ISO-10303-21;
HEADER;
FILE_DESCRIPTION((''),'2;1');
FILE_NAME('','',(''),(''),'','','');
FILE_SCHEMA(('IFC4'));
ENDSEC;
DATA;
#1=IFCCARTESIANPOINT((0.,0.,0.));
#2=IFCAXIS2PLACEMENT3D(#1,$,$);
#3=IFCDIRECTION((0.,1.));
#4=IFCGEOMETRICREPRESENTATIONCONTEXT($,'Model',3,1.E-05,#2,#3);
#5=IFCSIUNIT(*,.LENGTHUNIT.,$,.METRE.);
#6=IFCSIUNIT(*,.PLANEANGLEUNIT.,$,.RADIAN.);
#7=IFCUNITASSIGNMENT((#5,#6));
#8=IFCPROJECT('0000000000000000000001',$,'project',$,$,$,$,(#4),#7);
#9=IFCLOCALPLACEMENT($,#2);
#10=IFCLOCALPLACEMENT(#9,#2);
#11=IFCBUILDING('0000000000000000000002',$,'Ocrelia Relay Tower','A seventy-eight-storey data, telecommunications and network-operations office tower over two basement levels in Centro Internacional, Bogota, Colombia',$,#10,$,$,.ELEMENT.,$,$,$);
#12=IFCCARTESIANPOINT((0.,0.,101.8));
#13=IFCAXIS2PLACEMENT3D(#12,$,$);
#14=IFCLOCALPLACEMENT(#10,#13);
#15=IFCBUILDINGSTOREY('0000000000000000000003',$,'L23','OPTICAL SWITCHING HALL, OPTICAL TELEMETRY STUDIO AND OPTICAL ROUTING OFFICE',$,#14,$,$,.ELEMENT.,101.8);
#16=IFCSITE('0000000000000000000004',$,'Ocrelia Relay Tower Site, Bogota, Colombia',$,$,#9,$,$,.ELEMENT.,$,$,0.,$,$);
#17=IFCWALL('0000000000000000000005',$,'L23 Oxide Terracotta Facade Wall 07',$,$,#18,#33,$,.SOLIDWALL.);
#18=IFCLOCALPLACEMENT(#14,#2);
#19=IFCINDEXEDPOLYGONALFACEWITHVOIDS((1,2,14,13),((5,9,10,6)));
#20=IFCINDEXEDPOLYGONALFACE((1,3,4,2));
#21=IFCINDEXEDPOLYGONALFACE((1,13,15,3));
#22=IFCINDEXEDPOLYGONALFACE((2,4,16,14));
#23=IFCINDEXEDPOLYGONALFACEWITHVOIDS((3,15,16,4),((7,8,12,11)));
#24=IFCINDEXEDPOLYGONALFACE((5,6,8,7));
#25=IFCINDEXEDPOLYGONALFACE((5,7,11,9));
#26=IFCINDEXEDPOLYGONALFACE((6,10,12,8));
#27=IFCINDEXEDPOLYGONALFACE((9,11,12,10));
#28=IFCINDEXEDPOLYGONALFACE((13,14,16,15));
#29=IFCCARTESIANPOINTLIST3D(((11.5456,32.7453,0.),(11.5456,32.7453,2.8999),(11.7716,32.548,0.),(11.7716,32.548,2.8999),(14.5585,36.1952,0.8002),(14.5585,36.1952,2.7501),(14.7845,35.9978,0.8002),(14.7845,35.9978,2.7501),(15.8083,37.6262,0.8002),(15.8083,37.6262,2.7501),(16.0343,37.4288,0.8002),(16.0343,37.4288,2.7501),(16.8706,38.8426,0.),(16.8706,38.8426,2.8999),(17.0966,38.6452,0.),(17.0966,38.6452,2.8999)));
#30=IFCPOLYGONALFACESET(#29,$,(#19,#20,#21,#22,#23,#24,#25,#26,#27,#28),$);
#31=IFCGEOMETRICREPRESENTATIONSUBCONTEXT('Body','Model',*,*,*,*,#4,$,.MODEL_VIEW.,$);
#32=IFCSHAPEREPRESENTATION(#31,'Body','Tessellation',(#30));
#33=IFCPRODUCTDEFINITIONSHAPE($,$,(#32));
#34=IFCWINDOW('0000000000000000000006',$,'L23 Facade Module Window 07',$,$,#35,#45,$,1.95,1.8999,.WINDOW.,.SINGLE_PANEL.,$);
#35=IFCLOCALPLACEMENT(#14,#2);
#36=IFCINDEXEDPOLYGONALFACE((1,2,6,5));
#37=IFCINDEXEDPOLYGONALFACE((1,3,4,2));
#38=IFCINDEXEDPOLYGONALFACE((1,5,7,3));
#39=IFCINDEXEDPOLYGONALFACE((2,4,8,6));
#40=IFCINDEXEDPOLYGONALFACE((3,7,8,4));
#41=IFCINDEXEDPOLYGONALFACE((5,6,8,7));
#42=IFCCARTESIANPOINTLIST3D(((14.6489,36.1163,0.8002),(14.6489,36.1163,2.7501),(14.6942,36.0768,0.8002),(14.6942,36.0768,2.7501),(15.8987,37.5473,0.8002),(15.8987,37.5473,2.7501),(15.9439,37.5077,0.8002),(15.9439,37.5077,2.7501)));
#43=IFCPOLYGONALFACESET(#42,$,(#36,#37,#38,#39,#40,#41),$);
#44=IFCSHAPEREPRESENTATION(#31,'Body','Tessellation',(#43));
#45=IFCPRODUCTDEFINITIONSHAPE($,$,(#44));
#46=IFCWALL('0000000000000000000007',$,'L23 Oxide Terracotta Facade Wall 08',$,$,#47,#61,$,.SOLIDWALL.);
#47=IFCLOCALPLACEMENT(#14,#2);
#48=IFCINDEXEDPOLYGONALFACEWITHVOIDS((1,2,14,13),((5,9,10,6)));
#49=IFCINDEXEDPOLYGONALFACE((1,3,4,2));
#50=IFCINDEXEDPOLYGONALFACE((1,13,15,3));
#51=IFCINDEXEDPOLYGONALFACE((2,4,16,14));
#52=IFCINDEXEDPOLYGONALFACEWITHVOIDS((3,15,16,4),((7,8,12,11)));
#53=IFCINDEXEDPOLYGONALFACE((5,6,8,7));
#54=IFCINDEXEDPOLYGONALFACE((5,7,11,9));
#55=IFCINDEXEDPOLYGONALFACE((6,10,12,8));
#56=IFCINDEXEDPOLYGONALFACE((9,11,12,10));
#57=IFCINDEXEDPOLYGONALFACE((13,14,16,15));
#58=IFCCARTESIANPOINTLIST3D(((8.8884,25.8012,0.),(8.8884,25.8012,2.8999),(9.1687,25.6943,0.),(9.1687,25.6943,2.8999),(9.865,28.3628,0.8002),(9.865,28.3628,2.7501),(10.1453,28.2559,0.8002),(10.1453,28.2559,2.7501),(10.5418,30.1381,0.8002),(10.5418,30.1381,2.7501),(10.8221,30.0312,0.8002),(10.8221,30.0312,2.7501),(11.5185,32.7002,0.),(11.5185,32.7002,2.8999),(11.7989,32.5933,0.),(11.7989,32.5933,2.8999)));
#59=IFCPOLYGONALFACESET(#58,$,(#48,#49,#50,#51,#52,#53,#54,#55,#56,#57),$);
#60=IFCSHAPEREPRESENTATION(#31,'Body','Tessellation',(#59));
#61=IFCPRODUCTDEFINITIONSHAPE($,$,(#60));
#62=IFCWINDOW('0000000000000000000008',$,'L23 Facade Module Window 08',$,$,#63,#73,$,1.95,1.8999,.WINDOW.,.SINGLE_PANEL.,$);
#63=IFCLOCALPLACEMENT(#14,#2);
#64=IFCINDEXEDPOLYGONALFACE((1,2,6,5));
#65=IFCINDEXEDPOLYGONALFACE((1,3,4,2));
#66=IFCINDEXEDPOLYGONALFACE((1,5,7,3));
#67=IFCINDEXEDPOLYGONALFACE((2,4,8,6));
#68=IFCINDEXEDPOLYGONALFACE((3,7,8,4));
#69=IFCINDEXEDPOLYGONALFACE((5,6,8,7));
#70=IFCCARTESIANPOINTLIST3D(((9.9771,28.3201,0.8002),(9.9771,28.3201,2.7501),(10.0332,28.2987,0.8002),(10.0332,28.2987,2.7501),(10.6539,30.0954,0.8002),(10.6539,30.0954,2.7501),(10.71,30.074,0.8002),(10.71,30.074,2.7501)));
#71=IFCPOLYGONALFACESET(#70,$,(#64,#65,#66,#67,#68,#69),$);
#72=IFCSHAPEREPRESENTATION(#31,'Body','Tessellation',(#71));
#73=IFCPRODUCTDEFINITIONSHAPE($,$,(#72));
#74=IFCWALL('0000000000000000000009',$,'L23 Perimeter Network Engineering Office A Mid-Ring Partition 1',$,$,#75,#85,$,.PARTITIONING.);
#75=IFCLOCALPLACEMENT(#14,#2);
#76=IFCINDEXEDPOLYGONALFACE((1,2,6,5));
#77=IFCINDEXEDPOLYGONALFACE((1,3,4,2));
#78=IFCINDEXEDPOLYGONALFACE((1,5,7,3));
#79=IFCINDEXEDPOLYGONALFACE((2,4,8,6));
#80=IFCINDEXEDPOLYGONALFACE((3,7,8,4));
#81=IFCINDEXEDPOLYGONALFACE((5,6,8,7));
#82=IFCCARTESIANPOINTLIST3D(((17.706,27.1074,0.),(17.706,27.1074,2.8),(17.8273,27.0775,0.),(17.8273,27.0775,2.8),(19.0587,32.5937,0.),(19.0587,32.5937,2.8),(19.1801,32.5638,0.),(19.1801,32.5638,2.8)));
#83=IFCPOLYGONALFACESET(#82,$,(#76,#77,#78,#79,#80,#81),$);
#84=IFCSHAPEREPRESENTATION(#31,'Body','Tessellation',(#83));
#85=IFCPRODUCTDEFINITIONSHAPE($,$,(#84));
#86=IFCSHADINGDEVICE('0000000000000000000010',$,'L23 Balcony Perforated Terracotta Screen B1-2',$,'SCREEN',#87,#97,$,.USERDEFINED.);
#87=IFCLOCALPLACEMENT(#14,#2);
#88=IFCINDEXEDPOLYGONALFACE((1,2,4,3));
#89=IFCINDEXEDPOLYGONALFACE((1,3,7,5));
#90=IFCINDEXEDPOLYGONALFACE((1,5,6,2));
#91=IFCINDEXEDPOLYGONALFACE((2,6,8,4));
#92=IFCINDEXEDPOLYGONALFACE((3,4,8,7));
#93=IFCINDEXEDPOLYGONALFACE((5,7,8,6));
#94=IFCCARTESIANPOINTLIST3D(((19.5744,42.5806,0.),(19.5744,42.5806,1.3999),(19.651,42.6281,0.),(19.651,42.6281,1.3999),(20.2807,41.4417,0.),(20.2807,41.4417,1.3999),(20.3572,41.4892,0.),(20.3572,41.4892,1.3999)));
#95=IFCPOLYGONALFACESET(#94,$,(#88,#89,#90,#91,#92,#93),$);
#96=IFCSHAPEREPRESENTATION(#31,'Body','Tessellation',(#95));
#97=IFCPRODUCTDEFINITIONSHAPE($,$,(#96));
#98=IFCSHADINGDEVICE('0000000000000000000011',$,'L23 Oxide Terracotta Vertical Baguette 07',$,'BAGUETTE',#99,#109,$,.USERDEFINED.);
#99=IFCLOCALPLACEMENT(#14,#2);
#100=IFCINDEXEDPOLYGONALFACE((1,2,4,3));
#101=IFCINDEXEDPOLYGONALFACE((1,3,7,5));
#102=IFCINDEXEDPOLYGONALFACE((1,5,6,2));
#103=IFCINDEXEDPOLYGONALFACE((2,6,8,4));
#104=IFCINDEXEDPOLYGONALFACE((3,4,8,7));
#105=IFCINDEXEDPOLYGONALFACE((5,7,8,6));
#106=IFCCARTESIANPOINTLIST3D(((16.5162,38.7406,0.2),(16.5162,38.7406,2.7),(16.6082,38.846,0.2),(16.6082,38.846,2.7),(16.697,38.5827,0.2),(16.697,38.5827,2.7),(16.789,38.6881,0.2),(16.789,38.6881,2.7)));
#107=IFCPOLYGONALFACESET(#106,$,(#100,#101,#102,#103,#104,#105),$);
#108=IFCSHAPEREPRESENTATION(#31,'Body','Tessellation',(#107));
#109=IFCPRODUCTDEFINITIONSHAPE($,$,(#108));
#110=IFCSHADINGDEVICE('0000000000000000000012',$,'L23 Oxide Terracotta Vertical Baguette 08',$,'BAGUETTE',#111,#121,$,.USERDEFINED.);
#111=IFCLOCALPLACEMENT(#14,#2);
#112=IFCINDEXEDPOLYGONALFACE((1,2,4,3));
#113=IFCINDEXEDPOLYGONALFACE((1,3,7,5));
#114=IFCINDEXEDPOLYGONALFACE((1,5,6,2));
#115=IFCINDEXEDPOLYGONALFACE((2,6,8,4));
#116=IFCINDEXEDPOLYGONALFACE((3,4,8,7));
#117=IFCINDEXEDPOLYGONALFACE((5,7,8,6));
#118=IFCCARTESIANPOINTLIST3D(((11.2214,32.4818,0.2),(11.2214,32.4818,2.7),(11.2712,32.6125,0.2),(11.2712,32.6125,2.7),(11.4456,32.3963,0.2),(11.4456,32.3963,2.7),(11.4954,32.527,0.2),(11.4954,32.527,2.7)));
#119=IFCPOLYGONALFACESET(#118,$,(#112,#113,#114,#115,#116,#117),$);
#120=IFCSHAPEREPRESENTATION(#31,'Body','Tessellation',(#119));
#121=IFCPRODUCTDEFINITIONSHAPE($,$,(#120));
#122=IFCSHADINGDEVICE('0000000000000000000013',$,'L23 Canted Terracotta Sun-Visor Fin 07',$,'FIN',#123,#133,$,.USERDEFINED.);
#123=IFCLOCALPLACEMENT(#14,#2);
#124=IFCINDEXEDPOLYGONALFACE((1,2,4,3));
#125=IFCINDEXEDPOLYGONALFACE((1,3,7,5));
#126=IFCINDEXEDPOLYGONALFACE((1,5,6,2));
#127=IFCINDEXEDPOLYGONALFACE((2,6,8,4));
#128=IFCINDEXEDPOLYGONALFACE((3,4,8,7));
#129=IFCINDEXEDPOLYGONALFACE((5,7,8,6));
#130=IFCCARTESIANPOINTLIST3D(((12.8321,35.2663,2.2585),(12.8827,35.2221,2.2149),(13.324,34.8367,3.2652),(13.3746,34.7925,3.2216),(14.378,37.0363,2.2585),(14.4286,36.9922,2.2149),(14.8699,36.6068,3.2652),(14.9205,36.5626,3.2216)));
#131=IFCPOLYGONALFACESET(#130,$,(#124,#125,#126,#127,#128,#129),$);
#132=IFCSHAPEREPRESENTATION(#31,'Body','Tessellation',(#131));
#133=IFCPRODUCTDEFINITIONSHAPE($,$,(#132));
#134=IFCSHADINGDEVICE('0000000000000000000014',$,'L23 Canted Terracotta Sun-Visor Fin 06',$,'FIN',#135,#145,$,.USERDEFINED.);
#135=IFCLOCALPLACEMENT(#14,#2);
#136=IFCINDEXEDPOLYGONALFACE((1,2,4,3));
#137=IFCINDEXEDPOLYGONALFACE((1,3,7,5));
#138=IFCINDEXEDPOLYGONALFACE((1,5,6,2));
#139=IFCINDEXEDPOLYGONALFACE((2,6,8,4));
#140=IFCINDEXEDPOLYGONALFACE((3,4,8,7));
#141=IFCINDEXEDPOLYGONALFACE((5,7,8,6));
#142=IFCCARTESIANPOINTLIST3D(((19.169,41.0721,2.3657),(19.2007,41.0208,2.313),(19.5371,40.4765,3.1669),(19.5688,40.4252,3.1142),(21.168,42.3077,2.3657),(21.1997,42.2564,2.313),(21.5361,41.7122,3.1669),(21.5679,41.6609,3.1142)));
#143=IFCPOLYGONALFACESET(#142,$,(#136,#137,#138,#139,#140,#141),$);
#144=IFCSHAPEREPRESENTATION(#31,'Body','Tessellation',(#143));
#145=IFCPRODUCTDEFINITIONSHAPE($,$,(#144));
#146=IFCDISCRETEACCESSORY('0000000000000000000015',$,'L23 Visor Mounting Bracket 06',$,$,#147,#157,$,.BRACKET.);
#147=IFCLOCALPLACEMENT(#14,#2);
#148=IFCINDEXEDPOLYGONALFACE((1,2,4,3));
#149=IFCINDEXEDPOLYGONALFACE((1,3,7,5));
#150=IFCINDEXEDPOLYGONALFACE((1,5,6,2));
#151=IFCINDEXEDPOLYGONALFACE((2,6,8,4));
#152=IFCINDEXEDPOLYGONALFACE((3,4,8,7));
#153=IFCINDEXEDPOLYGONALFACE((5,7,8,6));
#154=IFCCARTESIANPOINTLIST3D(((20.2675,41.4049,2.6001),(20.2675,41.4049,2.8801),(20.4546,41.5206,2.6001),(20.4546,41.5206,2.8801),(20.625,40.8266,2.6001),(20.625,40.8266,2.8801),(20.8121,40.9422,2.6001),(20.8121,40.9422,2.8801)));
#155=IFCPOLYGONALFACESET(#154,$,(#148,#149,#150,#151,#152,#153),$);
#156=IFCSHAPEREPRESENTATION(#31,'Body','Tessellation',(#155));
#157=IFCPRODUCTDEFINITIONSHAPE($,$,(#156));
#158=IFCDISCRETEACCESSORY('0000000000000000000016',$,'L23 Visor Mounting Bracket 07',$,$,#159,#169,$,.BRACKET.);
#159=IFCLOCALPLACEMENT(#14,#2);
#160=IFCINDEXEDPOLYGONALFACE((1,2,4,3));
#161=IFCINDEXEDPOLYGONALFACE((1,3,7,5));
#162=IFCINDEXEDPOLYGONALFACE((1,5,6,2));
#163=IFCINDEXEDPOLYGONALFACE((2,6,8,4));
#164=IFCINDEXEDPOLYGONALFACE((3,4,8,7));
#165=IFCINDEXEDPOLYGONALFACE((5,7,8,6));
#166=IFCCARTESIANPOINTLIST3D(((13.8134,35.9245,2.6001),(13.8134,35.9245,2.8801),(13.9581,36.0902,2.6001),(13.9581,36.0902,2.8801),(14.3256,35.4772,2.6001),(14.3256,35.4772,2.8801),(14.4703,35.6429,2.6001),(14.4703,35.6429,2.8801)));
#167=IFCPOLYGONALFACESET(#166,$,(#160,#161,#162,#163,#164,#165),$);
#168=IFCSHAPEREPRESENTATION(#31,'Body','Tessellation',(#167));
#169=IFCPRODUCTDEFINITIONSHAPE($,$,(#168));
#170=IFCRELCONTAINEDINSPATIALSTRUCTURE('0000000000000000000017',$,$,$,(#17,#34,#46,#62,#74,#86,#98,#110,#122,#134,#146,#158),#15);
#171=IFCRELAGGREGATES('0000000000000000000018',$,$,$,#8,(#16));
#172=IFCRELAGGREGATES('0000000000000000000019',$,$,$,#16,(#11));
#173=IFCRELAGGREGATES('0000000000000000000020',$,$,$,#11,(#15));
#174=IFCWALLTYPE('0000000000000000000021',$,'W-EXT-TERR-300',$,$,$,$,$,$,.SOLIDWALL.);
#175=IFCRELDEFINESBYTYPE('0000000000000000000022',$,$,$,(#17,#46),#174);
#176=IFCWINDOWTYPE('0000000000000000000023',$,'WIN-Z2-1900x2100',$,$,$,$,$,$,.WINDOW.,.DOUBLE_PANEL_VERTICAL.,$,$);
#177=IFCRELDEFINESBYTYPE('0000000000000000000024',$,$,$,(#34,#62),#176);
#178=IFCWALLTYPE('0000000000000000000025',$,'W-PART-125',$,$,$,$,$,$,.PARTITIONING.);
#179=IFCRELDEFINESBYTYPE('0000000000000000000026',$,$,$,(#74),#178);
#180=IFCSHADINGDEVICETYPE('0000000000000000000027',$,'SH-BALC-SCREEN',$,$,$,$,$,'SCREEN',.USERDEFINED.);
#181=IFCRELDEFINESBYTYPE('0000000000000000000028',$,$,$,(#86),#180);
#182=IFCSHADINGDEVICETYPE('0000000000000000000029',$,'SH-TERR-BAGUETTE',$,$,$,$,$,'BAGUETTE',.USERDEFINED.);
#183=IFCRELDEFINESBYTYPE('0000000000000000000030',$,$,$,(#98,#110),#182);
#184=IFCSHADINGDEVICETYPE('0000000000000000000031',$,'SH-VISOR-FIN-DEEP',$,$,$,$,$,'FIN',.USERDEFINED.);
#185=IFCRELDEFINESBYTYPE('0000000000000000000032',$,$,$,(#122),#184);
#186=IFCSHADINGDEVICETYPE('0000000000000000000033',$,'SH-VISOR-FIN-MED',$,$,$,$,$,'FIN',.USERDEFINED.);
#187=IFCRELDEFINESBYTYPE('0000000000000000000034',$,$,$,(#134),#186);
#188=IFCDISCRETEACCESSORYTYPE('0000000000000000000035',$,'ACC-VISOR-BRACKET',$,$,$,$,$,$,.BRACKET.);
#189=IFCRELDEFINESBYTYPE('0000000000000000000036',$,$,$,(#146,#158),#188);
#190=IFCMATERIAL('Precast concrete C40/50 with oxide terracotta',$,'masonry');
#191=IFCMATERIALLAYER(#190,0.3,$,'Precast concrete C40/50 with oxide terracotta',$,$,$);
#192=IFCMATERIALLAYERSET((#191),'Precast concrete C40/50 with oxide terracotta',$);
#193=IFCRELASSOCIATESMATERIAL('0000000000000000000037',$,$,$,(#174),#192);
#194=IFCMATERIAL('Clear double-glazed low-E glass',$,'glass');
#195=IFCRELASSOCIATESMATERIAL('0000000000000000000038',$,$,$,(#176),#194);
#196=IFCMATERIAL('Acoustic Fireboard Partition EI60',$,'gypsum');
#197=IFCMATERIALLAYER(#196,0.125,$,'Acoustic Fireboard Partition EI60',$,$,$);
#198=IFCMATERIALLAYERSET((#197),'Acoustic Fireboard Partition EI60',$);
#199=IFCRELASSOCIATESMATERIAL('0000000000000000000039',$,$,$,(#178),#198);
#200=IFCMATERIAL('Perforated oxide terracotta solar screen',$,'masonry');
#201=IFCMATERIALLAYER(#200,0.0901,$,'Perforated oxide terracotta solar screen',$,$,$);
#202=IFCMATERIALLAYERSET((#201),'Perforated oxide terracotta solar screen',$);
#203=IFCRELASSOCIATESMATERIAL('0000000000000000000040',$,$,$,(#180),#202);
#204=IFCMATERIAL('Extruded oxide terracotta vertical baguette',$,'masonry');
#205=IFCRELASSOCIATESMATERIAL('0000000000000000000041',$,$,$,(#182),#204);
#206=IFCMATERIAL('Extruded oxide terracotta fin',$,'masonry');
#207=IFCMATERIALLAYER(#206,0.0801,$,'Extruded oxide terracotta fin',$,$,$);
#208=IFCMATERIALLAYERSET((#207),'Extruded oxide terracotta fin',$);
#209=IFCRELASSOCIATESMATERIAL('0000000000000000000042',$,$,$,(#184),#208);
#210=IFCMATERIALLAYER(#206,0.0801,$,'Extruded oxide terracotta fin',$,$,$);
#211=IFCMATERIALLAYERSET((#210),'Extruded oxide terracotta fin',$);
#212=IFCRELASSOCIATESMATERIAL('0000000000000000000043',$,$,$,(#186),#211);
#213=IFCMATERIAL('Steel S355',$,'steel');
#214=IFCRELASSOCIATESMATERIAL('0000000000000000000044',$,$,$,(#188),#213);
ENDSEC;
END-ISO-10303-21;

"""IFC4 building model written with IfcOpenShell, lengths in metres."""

from ifc_helpers import new_model, si_unit, direction, frame, frame_2d, origin, origin_2d, place, context, subcontext, project, spatial, rectangle, extrude, material, layer, layer_set, type_object, element, fill, save


model = new_model("IFC4")

# Units and contexts
model_context = context("Model", 3, precision=1e-05, world=origin(), true_north=direction((0.0, 1.0)))
body_context = subcontext(model_context, "Body", "Model", "MODEL_VIEW")
ifc_project = project(units=[si_unit("LENGTHUNIT", "METRE"), si_unit("PLANEANGLEUNIT", "RADIAN")], contexts=[model_context])

# Site, building, storey
site_placement = place(None, origin())
site = spatial("IfcSite", under=ifc_project, at=site_placement, Name="Ocrelia Relay Tower Site, Bogota, Colombia", CompositionType="ELEMENT", RefElevation=0.0)
building_placement = place(site_placement, origin())
building = spatial("IfcBuilding", under=site, at=building_placement, Name="Ocrelia Relay Tower", Description="A seventy-eight-storey data, telecommunications and network-operations office tower over two basement levels in Centro Internacional, Bogota, Colombia", CompositionType="ELEMENT")
storey_placement = place(building_placement, frame((0.0, 0.0, 101.8)))
storey = spatial("IfcBuildingStorey", under=building, at=storey_placement, Name="L23", Description="OPTICAL SWITCHING HALL, OPTICAL TELEMETRY STUDIO AND OPTICAL ROUTING OFFICE", CompositionType="ELEMENT", Elevation=101.8)

# Shared definitions
ifc_material_1 = material(Name="Steel S355", Category="steel")

# Walls, openings, windows
ifc_material_2 = material(Name="Precast concrete C40/50 with oxide terracotta", Category="masonry")
ifc_layer_1 = layer(ifc_material_2, 0.3, Name="Precast concrete C40/50 with oxide terracotta")
ifc_layer_set_1 = layer_set([ifc_layer_1], Name="Precast concrete C40/50 with oxide terracotta")
wall_type_1 = type_object("IfcWallType", Name="W-EXT-TERR-300", PredefinedType="SOLIDWALL", material=ifc_layer_set_1)
wall_1_placement = place(storey_placement, frame((16.9836, 38.7439, 0.0), z_axis=(0.0, 0.0, 1.0), x_axis=(-0.6578, -0.753193, 0.0)))
wall_1 = element("IfcWall", 1, at=wall_1_placement, inside=storey, type_object=wall_type_1, Name="L23 Oxide Terracotta Facade Wall 07", PredefinedType="SOLIDWALL", context=body_context, shape_type="SweptSolid", body=[
    extrude(rectangle(XDim=8.0952, YDim=0.3, at=frame_2d((4.0476, 0.0))), origin(), (0.0, 0.0, 1.0), 2.8999),
])
opening_1_placement = place(wall_1_placement, frame((1.615, 0.0, 0.8)))
opening_1 = element("IfcOpeningElement", 2, at=opening_1_placement, cuts=wall_1, PredefinedType="OPENING", context=body_context, shape_type="SweptSolid", body=[
    extrude(rectangle(XDim=1.8999, YDim=1.95, at=frame_2d((0.95, 0.9751))), frame((0.0, 0.1602, 0.0), z_axis=(0.0, -1.0, 0.0), x_axis=(1.0, 0.0, 0.0)), (0.0, 0.0, 1.0), 0.3201),
])
ifc_material_3 = material(Name="Clear double-glazed low-E glass", Category="glass")
window_type = type_object("IfcWindowType", Name="WIN-Z2-1900x2100", PartitioningType="DOUBLE_PANEL_VERTICAL", PredefinedType="WINDOW", material=ifc_material_3)
window_1_placement = place(opening_1_placement, origin())
window_1 = element("IfcWindow", 3, at=window_1_placement, inside=storey, type_object=window_type, Name="L23 Facade Module Window 07", OverallHeight=1.95, OverallWidth=1.8999, PartitioningType="SINGLE_PANEL", PredefinedType="WINDOW", context=body_context, shape_type="SweptSolid", body=[
    extrude(rectangle(XDim=1.8999, YDim=1.95, at=frame_2d((0.95, 0.9751))), frame((0.0, 0.03, 0.0), z_axis=(0.0, -1.0, 0.0), x_axis=(1.0, 0.0, 0.0)), (0.0, 0.0, 1.0), 0.0601),
])
fill(opening_1, window_1)
wall_2_placement = place(storey_placement, frame((11.6587, 32.6467, 0.0), z_axis=(0.0, 0.0, 1.0), x_axis=(-0.356228, -0.934399, 0.0)))
wall_2 = element("IfcWall", 4, at=wall_2_placement, inside=storey, type_object=wall_type_1, Name="L23 Oxide Terracotta Facade Wall 08", PredefinedType="SOLIDWALL", context=body_context, shape_type="SweptSolid", body=[
    extrude(rectangle(XDim=7.3833, YDim=0.3, at=frame_2d((3.6917, 0.0))), origin(), (0.0, 0.0, 1.0), 2.8999),
])
opening_2_placement = place(wall_2_placement, frame((2.7419, 0.0, 0.8)))
opening_2 = element("IfcOpeningElement", 5, at=opening_2_placement, cuts=wall_2, PredefinedType="OPENING", context=body_context, shape_type="SweptSolid", body=[
    extrude(rectangle(XDim=1.8999, YDim=1.95, at=frame_2d((0.95, 0.9751))), frame((0.0, 0.1602, 0.0), z_axis=(0.0, -1.0, 0.0), x_axis=(1.0, 0.0, 0.0)), (0.0, 0.0, 1.0), 0.3201),
])
window_2_placement = place(opening_2_placement, origin())
window_2 = element("IfcWindow", 6, at=window_2_placement, inside=storey, type_object=window_type, Name="L23 Facade Module Window 08", OverallHeight=1.95, OverallWidth=1.8999, PartitioningType="SINGLE_PANEL", PredefinedType="WINDOW", context=body_context, shape_type="SweptSolid", body=[
    extrude(rectangle(XDim=1.8999, YDim=1.95, at=frame_2d((0.95, 0.9751))), frame((0.0, 0.03, 0.0), z_axis=(0.0, -1.0, 0.0), x_axis=(1.0, 0.0, 0.0)), (0.0, 0.0, 1.0), 0.0601),
])
fill(opening_2, window_2)

# Wall
ifc_material_4 = material(Name="Acoustic Fireboard Partition EI60", Category="gypsum")
ifc_layer_2 = layer(ifc_material_4, 0.125, Name="Acoustic Fireboard Partition EI60")
ifc_layer_set_2 = layer_set([ifc_layer_2], Name="Acoustic Fireboard Partition EI60")
wall_type_2 = type_object("IfcWallType", Name="W-PART-125", PredefinedType="PARTITIONING", material=ifc_layer_set_2)
wall_3_placement = place(storey_placement, frame((19.1194, 32.5786, 0.0), z_axis=(0.0, 0.0, 1.0), x_axis=(-0.239403, -0.97092, 0.0)))
element("IfcWall", 7, at=wall_3_placement, inside=storey, type_object=wall_type_2, Name="L23 Perimeter Network Engineering Office A Mid-Ring Partition 1", PredefinedType="PARTITIONING", context=body_context, shape_type="SweptSolid", body=[
    extrude(rectangle(XDim=5.6506, YDim=0.125, at=frame_2d((2.8252, 0.0))), origin(), (0.0, 0.0, 1.0), 2.8),
])

# Shading devices
ifc_material_5 = material(Name="Perforated oxide terracotta solar screen", Category="masonry")
ifc_layer_3 = layer(ifc_material_5, 0.0901, Name="Perforated oxide terracotta solar screen")
ifc_layer_set_3 = layer_set([ifc_layer_3], Name="Perforated oxide terracotta solar screen")
shading_device_type_1 = type_object("IfcShadingDeviceType", Name="SH-BALC-SCREEN", ElementType="SCREEN", PredefinedType="USERDEFINED", material=ifc_layer_set_3)
shading_device_1_placement = place(storey_placement, frame((19.9658, 42.0349, 0.0), z_axis=(0.0, 0.0, 1.0), x_axis=(-0.527041, 0.84984, 0.0)))
element("IfcShadingDevice", 8, at=shading_device_1_placement, inside=storey, type_object=shading_device_type_1, Name="L23 Balcony Perforated Terracotta Screen B1-2", ObjectType="SCREEN", PredefinedType="USERDEFINED", context=body_context, shape_type="SweptSolid", body=[
    extrude(rectangle(XDim=1.3401, YDim=0.0901, at=origin_2d()), origin(), (0.0, 0.0, 1.0), 1.3999),
])
ifc_material_6 = material(Name="Extruded oxide terracotta vertical baguette", Category="masonry")
shading_device_type_2 = type_object("IfcShadingDeviceType", Name="SH-TERR-BAGUETTE", ElementType="BAGUETTE", PredefinedType="USERDEFINED", material=ifc_material_6)
for number, where, z_axis, x_axis, name in (
    (9, (16.6526, 38.7144, 0.2), (0.0, 0.0, 1.0), (-0.657794, -0.753198, 0.0), "L23 Oxide Terracotta Vertical Baguette 07"),
    (10, (11.3584, 32.5044, 0.2), (0.0, 0.0, 1.0), (-0.356238, -0.934395, 0.0), "L23 Oxide Terracotta Vertical Baguette 08"),
):
    element("IfcShadingDevice", number, at=place(storey_placement, frame(where, z_axis=z_axis, x_axis=x_axis)), inside=storey, type_object=shading_device_type_2, Name=name, ObjectType="BAGUETTE", PredefinedType="USERDEFINED", context=body_context, shape_type="SweptSolid", body=[
        extrude(rectangle(XDim=0.1399, YDim=0.24, at=origin_2d()), origin(), (0.0, 0.0, 1.0), 2.5),
    ])
ifc_material_7 = material(Name="Extruded oxide terracotta fin", Category="masonry")
ifc_layer_4 = layer(ifc_material_7, 0.0801, Name="Extruded oxide terracotta fin")
ifc_layer_set_4 = layer_set([ifc_layer_4], Name="Extruded oxide terracotta fin")
shading_device_type_3 = type_object("IfcShadingDeviceType", Name="SH-VISOR-FIN-DEEP", ElementType="FIN", PredefinedType="USERDEFINED", material=ifc_layer_set_4)
shading_device_2_placement = place(storey_placement, frame((13.9016, 35.8923, 2.7183), z_axis=(-0.631899, 0.55186, 0.5442), x_axis=(-0.657794, -0.753198, 0.0)))
element("IfcShadingDevice", 11, at=shading_device_2_placement, inside=storey, type_object=shading_device_type_3, Name="L23 Canted Terracotta Sun-Visor Fin 07", ObjectType="FIN", PredefinedType="USERDEFINED", context=body_context, shape_type="SweptSolid", body=[
    extrude(rectangle(XDim=2.3501, YDim=1.2, at=origin_2d()), origin(), (0.0, 0.0, 1.0), 0.0801),
])
ifc_layer_5 = layer(ifc_material_7, 0.0801, Name="Extruded oxide terracotta fin")
ifc_layer_set_5 = layer_set([ifc_layer_5], Name="Extruded oxide terracotta fin")
shading_device_type_4 = type_object("IfcShadingDeviceType", Name="SH-VISOR-FIN-MED", ElementType="FIN", PredefinedType="USERDEFINED", material=ifc_layer_set_5)
shading_device_3_placement = place(storey_placement, frame((20.3843, 41.3408, 2.7136), z_axis=(-0.395909, 0.640507, 0.658033), x_axis=(-0.850619, -0.525783, 0.0)))
element("IfcShadingDevice", 12, at=shading_device_3_placement, inside=storey, type_object=shading_device_type_4, Name="L23 Canted Terracotta Sun-Visor Fin 06", ObjectType="FIN", PredefinedType="USERDEFINED", context=body_context, shape_type="SweptSolid", body=[
    extrude(rectangle(XDim=2.3501, YDim=1.064, at=origin_2d()), origin(), (0.0, 0.0, 1.0), 0.0801),
])

# Discrete accessories
discrete_accessory_type = type_object("IfcDiscreteAccessoryType", Name="ACC-VISOR-BRACKET", PredefinedType="BRACKET", material=ifc_material_1)
for number, where, z_axis, x_axis, name in (
    (13, (20.5398, 41.1736, 2.6001), (0.0, 0.0, 1.0), (-0.850619, -0.525783, 0.0), "L23 Visor Mounting Bracket 06"),
    (14, (14.1418, 35.7837, 2.6001), (0.0, 0.0, 1.0), (-0.657794, -0.753198, 0.0), "L23 Visor Mounting Bracket 07"),
):
    element("IfcDiscreteAccessory", number, at=place(storey_placement, frame(where, z_axis=z_axis, x_axis=x_axis)), inside=storey, type_object=discrete_accessory_type, Name=name, PredefinedType="BRACKET", context=body_context, shape_type="SweptSolid", body=[
        extrude(rectangle(XDim=0.22, YDim=0.6799, at=origin_2d()), origin(), (0.0, 0.0, 1.0), 0.28),
    ])

save(model, "model.ifc")
